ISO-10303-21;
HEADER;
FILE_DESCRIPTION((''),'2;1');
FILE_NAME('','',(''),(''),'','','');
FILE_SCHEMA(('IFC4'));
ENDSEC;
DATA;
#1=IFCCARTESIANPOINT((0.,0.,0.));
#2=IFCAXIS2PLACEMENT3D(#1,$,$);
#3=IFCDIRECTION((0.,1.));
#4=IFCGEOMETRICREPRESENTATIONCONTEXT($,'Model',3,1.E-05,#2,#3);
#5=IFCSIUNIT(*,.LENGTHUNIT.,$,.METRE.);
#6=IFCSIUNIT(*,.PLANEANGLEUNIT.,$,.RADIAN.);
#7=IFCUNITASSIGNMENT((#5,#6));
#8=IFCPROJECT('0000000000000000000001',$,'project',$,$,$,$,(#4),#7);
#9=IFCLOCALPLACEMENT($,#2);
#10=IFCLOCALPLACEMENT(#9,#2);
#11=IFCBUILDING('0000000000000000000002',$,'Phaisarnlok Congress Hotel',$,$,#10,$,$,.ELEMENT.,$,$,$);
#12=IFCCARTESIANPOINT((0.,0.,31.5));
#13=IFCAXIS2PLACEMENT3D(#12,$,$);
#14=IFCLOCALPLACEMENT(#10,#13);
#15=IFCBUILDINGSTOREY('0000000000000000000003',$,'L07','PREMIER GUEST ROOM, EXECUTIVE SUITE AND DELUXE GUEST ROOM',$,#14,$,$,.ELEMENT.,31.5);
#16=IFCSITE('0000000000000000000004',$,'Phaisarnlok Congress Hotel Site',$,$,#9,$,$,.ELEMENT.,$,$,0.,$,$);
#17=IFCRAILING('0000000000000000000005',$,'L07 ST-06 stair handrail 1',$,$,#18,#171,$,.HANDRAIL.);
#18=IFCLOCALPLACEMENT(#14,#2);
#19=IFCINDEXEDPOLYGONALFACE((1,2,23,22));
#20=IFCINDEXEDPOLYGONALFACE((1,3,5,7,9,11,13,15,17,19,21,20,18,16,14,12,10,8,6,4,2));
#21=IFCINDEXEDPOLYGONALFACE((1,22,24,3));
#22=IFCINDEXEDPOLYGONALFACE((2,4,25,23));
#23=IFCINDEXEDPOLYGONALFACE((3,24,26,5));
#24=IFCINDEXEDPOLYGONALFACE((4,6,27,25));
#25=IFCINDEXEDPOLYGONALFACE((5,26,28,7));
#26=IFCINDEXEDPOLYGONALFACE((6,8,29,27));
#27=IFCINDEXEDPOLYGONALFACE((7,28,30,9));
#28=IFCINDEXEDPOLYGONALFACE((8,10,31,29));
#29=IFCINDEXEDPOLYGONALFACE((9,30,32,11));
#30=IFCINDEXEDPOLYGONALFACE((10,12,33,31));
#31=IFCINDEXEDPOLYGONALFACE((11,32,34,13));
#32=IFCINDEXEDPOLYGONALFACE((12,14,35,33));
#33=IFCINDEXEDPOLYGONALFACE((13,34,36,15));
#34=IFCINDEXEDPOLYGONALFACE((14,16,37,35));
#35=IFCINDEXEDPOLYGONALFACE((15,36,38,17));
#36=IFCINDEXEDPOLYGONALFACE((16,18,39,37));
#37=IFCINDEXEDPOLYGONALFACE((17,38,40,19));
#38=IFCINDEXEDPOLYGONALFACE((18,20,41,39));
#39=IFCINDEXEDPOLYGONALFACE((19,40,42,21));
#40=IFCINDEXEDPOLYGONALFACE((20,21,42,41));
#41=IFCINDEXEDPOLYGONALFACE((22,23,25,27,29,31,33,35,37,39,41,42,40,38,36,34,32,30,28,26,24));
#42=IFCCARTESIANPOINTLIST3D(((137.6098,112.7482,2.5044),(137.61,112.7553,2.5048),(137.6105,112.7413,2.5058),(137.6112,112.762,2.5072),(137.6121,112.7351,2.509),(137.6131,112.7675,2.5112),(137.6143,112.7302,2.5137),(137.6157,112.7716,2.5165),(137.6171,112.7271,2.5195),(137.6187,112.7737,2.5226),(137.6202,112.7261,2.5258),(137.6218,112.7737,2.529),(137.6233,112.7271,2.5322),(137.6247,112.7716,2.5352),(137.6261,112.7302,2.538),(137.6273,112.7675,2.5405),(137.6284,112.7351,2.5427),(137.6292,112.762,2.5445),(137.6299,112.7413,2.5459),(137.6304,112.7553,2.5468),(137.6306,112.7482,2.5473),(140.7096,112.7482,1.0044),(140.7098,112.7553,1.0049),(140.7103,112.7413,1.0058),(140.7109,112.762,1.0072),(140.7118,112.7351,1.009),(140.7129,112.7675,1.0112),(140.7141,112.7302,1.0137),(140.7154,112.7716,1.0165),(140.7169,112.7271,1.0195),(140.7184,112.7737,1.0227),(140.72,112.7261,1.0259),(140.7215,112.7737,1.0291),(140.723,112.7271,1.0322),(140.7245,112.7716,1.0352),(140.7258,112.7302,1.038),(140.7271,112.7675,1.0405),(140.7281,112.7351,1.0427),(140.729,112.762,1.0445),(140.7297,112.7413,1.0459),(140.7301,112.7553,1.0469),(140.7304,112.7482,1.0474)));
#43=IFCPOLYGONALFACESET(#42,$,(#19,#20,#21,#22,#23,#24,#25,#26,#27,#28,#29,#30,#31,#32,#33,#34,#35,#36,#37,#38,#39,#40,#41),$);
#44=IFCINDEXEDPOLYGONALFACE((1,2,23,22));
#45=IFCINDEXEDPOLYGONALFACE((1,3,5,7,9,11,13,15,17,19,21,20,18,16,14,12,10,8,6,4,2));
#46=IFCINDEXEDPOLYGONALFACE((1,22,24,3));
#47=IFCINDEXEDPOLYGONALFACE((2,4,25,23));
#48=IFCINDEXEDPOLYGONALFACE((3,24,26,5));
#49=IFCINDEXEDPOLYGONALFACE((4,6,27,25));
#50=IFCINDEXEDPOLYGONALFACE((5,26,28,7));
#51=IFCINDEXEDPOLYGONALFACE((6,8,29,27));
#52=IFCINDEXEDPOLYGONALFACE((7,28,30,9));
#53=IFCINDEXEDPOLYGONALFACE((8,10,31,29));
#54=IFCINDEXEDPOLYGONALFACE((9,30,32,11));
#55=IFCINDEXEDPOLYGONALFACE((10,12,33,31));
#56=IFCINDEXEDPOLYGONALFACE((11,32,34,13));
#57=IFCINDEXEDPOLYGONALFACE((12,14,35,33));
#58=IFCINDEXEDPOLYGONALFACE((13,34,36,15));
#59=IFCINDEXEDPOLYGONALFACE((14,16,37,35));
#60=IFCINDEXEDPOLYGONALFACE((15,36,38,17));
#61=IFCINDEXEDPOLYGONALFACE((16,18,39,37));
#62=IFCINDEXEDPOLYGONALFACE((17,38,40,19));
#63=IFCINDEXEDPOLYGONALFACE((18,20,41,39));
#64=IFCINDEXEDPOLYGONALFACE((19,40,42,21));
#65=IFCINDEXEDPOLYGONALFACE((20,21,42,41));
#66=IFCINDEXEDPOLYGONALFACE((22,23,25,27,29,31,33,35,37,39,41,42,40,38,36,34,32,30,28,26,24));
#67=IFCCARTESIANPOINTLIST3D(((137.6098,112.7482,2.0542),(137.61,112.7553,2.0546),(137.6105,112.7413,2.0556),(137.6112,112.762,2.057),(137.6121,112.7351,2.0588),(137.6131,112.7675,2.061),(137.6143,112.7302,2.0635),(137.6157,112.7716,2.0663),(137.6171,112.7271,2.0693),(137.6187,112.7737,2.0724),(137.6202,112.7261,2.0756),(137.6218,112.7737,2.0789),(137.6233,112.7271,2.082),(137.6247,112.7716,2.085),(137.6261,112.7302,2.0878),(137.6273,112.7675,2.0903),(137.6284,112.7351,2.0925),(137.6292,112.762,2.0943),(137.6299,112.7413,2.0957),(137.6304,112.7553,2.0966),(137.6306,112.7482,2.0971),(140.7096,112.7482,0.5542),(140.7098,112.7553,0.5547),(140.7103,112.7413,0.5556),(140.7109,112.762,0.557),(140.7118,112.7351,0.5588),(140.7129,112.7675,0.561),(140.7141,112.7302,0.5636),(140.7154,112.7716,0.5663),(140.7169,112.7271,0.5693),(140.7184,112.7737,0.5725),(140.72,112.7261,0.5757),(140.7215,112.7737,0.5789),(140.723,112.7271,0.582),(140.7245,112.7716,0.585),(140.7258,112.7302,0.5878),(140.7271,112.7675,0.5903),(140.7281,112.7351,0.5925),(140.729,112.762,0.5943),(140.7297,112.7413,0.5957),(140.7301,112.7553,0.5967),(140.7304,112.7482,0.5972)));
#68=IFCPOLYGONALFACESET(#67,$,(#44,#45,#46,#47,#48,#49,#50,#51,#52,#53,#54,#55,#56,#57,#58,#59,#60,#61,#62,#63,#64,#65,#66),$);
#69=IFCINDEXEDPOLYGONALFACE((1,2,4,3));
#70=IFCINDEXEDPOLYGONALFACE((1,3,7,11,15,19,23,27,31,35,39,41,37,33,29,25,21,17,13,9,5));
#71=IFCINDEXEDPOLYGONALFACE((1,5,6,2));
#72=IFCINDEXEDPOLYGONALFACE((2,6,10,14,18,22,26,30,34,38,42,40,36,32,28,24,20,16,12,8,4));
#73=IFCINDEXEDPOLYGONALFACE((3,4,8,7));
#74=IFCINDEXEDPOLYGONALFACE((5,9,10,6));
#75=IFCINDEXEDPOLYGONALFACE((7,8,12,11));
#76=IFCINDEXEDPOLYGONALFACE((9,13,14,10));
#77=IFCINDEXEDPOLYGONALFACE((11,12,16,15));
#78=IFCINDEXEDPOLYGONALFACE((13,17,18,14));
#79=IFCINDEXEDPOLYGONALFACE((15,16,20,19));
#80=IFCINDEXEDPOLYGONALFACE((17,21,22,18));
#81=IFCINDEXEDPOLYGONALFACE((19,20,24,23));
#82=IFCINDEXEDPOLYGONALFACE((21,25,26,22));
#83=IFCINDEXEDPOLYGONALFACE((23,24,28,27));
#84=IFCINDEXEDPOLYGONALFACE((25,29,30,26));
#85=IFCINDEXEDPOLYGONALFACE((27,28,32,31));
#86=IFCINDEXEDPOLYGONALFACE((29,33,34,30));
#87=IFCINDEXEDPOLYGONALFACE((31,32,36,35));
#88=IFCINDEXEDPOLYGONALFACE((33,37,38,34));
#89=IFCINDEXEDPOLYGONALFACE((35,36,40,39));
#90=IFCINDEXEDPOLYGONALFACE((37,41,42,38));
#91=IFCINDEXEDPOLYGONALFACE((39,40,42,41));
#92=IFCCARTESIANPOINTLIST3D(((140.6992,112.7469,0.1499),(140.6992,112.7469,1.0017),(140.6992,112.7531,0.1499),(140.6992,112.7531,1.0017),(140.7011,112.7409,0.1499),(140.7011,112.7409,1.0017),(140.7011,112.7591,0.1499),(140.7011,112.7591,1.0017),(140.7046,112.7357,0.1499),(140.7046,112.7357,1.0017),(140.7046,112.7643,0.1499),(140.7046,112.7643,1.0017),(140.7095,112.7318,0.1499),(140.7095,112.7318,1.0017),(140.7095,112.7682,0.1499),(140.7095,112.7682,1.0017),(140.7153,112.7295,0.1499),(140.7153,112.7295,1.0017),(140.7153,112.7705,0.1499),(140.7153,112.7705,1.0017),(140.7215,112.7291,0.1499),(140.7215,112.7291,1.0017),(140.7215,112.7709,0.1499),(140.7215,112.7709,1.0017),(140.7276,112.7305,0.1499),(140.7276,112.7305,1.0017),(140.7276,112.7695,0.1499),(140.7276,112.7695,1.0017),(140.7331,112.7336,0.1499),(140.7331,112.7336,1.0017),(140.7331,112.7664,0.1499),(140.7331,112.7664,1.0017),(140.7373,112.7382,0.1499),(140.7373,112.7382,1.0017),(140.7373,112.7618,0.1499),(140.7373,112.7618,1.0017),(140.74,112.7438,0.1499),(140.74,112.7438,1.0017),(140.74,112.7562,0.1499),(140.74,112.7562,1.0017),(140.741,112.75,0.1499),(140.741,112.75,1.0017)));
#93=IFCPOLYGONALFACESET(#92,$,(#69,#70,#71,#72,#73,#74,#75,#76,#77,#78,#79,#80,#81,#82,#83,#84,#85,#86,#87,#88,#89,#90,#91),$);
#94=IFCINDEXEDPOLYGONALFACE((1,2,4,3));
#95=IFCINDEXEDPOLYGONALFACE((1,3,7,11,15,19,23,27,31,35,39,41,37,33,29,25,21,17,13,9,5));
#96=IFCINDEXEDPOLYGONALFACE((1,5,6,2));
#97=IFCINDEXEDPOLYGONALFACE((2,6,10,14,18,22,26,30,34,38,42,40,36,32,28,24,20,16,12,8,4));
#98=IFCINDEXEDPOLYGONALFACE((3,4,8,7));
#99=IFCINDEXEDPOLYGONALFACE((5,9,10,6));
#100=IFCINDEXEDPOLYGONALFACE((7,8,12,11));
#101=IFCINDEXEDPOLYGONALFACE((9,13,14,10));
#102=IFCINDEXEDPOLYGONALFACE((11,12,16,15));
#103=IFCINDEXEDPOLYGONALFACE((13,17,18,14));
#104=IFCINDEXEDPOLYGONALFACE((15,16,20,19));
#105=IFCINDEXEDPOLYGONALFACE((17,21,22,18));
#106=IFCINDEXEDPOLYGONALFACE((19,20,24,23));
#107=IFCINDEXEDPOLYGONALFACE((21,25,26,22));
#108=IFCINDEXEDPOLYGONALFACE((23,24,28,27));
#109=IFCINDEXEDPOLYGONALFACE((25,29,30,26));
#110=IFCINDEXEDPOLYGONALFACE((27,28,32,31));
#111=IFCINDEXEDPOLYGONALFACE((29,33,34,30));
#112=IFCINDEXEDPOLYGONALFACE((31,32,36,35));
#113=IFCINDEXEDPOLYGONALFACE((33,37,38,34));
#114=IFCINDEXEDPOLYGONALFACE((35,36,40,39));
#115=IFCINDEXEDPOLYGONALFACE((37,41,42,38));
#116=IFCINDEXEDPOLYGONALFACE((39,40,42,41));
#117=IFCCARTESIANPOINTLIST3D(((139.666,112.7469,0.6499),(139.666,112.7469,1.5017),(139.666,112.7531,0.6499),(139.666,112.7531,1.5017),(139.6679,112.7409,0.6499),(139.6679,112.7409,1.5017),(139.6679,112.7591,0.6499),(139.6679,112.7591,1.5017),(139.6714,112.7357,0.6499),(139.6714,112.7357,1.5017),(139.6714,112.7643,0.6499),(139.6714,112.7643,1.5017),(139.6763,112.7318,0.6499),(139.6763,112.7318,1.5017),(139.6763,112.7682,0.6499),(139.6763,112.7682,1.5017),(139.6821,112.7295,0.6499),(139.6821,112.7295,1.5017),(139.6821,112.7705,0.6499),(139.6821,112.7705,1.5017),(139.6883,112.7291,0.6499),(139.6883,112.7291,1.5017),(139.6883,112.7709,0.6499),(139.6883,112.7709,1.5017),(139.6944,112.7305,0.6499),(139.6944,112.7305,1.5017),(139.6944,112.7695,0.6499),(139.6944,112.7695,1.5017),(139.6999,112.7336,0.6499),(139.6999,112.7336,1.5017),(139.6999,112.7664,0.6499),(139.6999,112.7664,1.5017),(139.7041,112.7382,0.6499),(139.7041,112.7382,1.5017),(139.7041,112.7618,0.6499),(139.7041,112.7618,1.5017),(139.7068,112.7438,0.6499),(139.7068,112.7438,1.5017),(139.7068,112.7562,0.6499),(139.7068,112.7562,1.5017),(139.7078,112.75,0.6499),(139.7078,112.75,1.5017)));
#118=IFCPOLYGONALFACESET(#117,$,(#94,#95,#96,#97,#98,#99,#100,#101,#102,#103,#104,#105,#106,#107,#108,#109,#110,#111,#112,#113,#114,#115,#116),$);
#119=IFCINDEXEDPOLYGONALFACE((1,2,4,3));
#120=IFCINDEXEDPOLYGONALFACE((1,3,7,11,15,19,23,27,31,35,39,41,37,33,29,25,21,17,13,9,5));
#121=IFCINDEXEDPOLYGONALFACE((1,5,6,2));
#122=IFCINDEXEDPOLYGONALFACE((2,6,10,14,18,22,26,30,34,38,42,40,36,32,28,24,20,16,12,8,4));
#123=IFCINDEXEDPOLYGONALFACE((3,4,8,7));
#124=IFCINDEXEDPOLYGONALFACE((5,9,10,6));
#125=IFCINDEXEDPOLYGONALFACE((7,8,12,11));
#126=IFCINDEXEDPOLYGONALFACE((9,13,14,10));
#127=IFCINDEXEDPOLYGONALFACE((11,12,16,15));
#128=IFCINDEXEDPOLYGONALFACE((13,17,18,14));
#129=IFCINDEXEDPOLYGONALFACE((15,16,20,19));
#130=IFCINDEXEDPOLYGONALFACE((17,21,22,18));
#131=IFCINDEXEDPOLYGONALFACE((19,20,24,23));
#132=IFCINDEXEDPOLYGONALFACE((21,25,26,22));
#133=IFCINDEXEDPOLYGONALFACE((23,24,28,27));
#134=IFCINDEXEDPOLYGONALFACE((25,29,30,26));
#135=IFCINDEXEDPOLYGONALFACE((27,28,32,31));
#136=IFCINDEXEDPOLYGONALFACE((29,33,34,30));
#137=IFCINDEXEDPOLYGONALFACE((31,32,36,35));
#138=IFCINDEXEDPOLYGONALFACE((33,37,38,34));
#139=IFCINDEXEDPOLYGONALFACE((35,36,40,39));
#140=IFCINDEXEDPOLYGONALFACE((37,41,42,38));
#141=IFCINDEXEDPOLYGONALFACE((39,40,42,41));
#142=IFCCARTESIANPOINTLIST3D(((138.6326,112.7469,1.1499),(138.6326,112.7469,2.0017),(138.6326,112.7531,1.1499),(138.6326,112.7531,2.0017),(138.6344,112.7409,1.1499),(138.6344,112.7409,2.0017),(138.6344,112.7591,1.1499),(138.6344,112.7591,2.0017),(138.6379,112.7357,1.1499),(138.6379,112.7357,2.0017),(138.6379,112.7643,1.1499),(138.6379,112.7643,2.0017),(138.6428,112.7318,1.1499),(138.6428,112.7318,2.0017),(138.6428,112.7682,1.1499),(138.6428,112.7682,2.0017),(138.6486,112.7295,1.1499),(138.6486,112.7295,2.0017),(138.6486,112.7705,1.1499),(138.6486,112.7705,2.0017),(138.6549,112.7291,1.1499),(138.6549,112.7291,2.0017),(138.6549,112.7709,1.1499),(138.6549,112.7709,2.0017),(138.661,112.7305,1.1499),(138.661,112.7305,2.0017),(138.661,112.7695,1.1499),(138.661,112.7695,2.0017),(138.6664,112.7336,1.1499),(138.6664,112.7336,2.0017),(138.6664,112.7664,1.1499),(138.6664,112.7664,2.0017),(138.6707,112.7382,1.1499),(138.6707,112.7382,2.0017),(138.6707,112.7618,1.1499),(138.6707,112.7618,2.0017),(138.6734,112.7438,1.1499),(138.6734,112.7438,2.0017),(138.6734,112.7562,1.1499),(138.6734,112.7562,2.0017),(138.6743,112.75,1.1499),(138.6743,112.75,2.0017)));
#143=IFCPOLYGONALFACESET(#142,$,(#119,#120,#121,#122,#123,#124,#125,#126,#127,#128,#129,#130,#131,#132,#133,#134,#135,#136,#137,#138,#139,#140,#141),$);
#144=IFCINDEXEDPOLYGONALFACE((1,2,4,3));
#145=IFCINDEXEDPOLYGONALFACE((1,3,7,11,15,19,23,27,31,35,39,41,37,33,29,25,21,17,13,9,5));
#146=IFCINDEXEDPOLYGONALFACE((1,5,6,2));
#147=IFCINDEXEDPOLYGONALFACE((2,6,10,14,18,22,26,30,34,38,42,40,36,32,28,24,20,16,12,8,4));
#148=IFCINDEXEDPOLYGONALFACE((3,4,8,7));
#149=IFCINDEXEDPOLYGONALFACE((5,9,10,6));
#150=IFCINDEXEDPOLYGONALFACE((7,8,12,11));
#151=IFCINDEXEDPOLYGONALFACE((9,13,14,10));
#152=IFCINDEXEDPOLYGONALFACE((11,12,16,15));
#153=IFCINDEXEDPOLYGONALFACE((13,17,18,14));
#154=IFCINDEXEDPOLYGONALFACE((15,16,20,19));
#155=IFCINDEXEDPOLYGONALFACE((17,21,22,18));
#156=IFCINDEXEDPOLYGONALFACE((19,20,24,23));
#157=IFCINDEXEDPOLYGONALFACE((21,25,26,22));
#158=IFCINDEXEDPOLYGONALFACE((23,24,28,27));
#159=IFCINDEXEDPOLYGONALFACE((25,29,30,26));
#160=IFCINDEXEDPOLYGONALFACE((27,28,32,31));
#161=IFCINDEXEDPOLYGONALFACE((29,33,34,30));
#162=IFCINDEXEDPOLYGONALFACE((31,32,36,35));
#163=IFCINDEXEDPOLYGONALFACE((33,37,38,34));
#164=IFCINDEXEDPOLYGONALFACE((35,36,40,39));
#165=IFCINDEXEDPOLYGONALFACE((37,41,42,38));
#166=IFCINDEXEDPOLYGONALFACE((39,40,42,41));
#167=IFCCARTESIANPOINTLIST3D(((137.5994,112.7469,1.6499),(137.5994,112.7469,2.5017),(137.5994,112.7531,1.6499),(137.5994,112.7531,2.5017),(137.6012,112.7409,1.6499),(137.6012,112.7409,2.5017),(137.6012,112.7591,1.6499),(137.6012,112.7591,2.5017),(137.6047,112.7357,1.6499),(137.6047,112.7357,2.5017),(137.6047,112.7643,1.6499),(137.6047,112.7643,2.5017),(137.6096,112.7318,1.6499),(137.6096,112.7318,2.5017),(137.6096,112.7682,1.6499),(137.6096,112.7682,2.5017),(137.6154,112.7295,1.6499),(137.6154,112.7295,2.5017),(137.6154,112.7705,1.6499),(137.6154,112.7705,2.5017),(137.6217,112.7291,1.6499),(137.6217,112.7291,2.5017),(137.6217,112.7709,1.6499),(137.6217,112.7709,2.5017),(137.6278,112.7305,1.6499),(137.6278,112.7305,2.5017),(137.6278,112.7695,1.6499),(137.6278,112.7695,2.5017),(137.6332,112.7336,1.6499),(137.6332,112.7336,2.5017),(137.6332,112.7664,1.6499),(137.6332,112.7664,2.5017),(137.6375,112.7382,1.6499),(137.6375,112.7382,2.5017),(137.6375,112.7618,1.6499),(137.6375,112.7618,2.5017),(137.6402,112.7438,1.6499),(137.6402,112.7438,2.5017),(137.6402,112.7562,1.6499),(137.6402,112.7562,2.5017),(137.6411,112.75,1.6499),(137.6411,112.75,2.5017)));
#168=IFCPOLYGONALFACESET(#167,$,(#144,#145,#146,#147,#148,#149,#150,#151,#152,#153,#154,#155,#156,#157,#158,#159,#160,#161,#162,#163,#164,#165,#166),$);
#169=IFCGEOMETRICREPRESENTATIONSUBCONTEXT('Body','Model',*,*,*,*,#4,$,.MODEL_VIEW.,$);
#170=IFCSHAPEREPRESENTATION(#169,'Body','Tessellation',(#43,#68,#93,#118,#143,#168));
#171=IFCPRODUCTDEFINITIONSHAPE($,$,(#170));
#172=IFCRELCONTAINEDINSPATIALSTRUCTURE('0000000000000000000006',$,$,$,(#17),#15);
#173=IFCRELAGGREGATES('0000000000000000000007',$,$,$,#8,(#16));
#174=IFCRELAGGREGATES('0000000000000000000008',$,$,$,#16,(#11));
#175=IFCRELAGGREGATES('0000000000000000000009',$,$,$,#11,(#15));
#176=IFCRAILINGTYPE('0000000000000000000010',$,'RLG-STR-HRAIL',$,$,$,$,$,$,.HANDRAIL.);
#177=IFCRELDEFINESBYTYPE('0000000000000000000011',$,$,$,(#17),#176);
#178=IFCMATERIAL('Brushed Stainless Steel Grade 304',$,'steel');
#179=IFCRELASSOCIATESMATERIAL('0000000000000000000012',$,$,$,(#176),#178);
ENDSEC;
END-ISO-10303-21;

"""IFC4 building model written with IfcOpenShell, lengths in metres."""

from ifc_helpers import new_model, si_unit, direction, frame, origin, origin_2d, place, context, subcontext, project, spatial, circle, extrude, material, type_object, element, save


model = new_model("IFC4")

# Units and contexts
model_context = context("Model", 3, precision=1e-05, world=origin(), true_north=direction((0.0, 1.0)))
body_context = subcontext(model_context, "Body", "Model", "MODEL_VIEW")
ifc_project = project(units=[si_unit("LENGTHUNIT", "METRE"), si_unit("PLANEANGLEUNIT", "RADIAN")], contexts=[model_context])

# Site, building, storey
site_placement = place(None, origin())
site = spatial("IfcSite", under=ifc_project, at=site_placement, Name="Phaisarnlok Congress Hotel Site", CompositionType="ELEMENT", RefElevation=0.0)
building_placement = place(site_placement, origin())
building = spatial("IfcBuilding", under=site, at=building_placement, Name="Phaisarnlok Congress Hotel", CompositionType="ELEMENT")
storey_placement = place(building_placement, frame((0.0, 0.0, 31.5)))
storey = spatial("IfcBuildingStorey", under=building, at=storey_placement, Name="L07", Description="PREMIER GUEST ROOM, EXECUTIVE SUITE AND DELUXE GUEST ROOM", CompositionType="ELEMENT", Elevation=31.5)

# Railing
ifc_material_1 = material(Name="Brushed Stainless Steel Grade 304", Category="steel")
railing_type_1 = type_object("IfcRailingType", Name="RLG-STR-HRAIL", PredefinedType="HANDRAIL", material=ifc_material_1)
railing_1_placement = place(storey_placement, frame((140.72, 112.75, 0.1499)))
element("IfcRailing", 1, at=railing_1_placement, inside=storey, type_object=railing_type_1, Name="L07 ST-06 stair handrail 1", PredefinedType="HANDRAIL", context=body_context, shape_type="SweptSolid", body=[
    extrude(circle(Radius=0.0239, at=origin_2d()), frame((0.0, 0.0, 0.876), z_axis=(-0.900151, 0.0, 0.435578), x_axis=(0.0, -1.0, 0.0)), (0.0, 0.0, 1.0), 3.4436),
    extrude(circle(Radius=0.0239, at=origin_2d()), frame((0.0, 0.0, 0.4258), z_axis=(-0.900151, 0.0, 0.435578), x_axis=(0.0, -1.0, 0.0)), (0.0, 0.0, 1.0), 3.4436),
    extrude(circle(Radius=0.021, at=origin_2d()), origin(), (0.0, 0.0, 1.0), 0.8518),
    extrude(circle(Radius=0.021, at=origin_2d()), frame((-1.0332, 0.0, 0.5)), (0.0, 0.0, 1.0), 0.8518),
    extrude(circle(Radius=0.021, at=origin_2d()), frame((-2.0667, 0.0, 1.0)), (0.0, 0.0, 1.0), 0.8518),
    extrude(circle(Radius=0.021, at=origin_2d()), frame((-3.0999, 0.0, 1.5)), (0.0, 0.0, 1.0), 0.8518),
])

save(model, "model.ifc")
